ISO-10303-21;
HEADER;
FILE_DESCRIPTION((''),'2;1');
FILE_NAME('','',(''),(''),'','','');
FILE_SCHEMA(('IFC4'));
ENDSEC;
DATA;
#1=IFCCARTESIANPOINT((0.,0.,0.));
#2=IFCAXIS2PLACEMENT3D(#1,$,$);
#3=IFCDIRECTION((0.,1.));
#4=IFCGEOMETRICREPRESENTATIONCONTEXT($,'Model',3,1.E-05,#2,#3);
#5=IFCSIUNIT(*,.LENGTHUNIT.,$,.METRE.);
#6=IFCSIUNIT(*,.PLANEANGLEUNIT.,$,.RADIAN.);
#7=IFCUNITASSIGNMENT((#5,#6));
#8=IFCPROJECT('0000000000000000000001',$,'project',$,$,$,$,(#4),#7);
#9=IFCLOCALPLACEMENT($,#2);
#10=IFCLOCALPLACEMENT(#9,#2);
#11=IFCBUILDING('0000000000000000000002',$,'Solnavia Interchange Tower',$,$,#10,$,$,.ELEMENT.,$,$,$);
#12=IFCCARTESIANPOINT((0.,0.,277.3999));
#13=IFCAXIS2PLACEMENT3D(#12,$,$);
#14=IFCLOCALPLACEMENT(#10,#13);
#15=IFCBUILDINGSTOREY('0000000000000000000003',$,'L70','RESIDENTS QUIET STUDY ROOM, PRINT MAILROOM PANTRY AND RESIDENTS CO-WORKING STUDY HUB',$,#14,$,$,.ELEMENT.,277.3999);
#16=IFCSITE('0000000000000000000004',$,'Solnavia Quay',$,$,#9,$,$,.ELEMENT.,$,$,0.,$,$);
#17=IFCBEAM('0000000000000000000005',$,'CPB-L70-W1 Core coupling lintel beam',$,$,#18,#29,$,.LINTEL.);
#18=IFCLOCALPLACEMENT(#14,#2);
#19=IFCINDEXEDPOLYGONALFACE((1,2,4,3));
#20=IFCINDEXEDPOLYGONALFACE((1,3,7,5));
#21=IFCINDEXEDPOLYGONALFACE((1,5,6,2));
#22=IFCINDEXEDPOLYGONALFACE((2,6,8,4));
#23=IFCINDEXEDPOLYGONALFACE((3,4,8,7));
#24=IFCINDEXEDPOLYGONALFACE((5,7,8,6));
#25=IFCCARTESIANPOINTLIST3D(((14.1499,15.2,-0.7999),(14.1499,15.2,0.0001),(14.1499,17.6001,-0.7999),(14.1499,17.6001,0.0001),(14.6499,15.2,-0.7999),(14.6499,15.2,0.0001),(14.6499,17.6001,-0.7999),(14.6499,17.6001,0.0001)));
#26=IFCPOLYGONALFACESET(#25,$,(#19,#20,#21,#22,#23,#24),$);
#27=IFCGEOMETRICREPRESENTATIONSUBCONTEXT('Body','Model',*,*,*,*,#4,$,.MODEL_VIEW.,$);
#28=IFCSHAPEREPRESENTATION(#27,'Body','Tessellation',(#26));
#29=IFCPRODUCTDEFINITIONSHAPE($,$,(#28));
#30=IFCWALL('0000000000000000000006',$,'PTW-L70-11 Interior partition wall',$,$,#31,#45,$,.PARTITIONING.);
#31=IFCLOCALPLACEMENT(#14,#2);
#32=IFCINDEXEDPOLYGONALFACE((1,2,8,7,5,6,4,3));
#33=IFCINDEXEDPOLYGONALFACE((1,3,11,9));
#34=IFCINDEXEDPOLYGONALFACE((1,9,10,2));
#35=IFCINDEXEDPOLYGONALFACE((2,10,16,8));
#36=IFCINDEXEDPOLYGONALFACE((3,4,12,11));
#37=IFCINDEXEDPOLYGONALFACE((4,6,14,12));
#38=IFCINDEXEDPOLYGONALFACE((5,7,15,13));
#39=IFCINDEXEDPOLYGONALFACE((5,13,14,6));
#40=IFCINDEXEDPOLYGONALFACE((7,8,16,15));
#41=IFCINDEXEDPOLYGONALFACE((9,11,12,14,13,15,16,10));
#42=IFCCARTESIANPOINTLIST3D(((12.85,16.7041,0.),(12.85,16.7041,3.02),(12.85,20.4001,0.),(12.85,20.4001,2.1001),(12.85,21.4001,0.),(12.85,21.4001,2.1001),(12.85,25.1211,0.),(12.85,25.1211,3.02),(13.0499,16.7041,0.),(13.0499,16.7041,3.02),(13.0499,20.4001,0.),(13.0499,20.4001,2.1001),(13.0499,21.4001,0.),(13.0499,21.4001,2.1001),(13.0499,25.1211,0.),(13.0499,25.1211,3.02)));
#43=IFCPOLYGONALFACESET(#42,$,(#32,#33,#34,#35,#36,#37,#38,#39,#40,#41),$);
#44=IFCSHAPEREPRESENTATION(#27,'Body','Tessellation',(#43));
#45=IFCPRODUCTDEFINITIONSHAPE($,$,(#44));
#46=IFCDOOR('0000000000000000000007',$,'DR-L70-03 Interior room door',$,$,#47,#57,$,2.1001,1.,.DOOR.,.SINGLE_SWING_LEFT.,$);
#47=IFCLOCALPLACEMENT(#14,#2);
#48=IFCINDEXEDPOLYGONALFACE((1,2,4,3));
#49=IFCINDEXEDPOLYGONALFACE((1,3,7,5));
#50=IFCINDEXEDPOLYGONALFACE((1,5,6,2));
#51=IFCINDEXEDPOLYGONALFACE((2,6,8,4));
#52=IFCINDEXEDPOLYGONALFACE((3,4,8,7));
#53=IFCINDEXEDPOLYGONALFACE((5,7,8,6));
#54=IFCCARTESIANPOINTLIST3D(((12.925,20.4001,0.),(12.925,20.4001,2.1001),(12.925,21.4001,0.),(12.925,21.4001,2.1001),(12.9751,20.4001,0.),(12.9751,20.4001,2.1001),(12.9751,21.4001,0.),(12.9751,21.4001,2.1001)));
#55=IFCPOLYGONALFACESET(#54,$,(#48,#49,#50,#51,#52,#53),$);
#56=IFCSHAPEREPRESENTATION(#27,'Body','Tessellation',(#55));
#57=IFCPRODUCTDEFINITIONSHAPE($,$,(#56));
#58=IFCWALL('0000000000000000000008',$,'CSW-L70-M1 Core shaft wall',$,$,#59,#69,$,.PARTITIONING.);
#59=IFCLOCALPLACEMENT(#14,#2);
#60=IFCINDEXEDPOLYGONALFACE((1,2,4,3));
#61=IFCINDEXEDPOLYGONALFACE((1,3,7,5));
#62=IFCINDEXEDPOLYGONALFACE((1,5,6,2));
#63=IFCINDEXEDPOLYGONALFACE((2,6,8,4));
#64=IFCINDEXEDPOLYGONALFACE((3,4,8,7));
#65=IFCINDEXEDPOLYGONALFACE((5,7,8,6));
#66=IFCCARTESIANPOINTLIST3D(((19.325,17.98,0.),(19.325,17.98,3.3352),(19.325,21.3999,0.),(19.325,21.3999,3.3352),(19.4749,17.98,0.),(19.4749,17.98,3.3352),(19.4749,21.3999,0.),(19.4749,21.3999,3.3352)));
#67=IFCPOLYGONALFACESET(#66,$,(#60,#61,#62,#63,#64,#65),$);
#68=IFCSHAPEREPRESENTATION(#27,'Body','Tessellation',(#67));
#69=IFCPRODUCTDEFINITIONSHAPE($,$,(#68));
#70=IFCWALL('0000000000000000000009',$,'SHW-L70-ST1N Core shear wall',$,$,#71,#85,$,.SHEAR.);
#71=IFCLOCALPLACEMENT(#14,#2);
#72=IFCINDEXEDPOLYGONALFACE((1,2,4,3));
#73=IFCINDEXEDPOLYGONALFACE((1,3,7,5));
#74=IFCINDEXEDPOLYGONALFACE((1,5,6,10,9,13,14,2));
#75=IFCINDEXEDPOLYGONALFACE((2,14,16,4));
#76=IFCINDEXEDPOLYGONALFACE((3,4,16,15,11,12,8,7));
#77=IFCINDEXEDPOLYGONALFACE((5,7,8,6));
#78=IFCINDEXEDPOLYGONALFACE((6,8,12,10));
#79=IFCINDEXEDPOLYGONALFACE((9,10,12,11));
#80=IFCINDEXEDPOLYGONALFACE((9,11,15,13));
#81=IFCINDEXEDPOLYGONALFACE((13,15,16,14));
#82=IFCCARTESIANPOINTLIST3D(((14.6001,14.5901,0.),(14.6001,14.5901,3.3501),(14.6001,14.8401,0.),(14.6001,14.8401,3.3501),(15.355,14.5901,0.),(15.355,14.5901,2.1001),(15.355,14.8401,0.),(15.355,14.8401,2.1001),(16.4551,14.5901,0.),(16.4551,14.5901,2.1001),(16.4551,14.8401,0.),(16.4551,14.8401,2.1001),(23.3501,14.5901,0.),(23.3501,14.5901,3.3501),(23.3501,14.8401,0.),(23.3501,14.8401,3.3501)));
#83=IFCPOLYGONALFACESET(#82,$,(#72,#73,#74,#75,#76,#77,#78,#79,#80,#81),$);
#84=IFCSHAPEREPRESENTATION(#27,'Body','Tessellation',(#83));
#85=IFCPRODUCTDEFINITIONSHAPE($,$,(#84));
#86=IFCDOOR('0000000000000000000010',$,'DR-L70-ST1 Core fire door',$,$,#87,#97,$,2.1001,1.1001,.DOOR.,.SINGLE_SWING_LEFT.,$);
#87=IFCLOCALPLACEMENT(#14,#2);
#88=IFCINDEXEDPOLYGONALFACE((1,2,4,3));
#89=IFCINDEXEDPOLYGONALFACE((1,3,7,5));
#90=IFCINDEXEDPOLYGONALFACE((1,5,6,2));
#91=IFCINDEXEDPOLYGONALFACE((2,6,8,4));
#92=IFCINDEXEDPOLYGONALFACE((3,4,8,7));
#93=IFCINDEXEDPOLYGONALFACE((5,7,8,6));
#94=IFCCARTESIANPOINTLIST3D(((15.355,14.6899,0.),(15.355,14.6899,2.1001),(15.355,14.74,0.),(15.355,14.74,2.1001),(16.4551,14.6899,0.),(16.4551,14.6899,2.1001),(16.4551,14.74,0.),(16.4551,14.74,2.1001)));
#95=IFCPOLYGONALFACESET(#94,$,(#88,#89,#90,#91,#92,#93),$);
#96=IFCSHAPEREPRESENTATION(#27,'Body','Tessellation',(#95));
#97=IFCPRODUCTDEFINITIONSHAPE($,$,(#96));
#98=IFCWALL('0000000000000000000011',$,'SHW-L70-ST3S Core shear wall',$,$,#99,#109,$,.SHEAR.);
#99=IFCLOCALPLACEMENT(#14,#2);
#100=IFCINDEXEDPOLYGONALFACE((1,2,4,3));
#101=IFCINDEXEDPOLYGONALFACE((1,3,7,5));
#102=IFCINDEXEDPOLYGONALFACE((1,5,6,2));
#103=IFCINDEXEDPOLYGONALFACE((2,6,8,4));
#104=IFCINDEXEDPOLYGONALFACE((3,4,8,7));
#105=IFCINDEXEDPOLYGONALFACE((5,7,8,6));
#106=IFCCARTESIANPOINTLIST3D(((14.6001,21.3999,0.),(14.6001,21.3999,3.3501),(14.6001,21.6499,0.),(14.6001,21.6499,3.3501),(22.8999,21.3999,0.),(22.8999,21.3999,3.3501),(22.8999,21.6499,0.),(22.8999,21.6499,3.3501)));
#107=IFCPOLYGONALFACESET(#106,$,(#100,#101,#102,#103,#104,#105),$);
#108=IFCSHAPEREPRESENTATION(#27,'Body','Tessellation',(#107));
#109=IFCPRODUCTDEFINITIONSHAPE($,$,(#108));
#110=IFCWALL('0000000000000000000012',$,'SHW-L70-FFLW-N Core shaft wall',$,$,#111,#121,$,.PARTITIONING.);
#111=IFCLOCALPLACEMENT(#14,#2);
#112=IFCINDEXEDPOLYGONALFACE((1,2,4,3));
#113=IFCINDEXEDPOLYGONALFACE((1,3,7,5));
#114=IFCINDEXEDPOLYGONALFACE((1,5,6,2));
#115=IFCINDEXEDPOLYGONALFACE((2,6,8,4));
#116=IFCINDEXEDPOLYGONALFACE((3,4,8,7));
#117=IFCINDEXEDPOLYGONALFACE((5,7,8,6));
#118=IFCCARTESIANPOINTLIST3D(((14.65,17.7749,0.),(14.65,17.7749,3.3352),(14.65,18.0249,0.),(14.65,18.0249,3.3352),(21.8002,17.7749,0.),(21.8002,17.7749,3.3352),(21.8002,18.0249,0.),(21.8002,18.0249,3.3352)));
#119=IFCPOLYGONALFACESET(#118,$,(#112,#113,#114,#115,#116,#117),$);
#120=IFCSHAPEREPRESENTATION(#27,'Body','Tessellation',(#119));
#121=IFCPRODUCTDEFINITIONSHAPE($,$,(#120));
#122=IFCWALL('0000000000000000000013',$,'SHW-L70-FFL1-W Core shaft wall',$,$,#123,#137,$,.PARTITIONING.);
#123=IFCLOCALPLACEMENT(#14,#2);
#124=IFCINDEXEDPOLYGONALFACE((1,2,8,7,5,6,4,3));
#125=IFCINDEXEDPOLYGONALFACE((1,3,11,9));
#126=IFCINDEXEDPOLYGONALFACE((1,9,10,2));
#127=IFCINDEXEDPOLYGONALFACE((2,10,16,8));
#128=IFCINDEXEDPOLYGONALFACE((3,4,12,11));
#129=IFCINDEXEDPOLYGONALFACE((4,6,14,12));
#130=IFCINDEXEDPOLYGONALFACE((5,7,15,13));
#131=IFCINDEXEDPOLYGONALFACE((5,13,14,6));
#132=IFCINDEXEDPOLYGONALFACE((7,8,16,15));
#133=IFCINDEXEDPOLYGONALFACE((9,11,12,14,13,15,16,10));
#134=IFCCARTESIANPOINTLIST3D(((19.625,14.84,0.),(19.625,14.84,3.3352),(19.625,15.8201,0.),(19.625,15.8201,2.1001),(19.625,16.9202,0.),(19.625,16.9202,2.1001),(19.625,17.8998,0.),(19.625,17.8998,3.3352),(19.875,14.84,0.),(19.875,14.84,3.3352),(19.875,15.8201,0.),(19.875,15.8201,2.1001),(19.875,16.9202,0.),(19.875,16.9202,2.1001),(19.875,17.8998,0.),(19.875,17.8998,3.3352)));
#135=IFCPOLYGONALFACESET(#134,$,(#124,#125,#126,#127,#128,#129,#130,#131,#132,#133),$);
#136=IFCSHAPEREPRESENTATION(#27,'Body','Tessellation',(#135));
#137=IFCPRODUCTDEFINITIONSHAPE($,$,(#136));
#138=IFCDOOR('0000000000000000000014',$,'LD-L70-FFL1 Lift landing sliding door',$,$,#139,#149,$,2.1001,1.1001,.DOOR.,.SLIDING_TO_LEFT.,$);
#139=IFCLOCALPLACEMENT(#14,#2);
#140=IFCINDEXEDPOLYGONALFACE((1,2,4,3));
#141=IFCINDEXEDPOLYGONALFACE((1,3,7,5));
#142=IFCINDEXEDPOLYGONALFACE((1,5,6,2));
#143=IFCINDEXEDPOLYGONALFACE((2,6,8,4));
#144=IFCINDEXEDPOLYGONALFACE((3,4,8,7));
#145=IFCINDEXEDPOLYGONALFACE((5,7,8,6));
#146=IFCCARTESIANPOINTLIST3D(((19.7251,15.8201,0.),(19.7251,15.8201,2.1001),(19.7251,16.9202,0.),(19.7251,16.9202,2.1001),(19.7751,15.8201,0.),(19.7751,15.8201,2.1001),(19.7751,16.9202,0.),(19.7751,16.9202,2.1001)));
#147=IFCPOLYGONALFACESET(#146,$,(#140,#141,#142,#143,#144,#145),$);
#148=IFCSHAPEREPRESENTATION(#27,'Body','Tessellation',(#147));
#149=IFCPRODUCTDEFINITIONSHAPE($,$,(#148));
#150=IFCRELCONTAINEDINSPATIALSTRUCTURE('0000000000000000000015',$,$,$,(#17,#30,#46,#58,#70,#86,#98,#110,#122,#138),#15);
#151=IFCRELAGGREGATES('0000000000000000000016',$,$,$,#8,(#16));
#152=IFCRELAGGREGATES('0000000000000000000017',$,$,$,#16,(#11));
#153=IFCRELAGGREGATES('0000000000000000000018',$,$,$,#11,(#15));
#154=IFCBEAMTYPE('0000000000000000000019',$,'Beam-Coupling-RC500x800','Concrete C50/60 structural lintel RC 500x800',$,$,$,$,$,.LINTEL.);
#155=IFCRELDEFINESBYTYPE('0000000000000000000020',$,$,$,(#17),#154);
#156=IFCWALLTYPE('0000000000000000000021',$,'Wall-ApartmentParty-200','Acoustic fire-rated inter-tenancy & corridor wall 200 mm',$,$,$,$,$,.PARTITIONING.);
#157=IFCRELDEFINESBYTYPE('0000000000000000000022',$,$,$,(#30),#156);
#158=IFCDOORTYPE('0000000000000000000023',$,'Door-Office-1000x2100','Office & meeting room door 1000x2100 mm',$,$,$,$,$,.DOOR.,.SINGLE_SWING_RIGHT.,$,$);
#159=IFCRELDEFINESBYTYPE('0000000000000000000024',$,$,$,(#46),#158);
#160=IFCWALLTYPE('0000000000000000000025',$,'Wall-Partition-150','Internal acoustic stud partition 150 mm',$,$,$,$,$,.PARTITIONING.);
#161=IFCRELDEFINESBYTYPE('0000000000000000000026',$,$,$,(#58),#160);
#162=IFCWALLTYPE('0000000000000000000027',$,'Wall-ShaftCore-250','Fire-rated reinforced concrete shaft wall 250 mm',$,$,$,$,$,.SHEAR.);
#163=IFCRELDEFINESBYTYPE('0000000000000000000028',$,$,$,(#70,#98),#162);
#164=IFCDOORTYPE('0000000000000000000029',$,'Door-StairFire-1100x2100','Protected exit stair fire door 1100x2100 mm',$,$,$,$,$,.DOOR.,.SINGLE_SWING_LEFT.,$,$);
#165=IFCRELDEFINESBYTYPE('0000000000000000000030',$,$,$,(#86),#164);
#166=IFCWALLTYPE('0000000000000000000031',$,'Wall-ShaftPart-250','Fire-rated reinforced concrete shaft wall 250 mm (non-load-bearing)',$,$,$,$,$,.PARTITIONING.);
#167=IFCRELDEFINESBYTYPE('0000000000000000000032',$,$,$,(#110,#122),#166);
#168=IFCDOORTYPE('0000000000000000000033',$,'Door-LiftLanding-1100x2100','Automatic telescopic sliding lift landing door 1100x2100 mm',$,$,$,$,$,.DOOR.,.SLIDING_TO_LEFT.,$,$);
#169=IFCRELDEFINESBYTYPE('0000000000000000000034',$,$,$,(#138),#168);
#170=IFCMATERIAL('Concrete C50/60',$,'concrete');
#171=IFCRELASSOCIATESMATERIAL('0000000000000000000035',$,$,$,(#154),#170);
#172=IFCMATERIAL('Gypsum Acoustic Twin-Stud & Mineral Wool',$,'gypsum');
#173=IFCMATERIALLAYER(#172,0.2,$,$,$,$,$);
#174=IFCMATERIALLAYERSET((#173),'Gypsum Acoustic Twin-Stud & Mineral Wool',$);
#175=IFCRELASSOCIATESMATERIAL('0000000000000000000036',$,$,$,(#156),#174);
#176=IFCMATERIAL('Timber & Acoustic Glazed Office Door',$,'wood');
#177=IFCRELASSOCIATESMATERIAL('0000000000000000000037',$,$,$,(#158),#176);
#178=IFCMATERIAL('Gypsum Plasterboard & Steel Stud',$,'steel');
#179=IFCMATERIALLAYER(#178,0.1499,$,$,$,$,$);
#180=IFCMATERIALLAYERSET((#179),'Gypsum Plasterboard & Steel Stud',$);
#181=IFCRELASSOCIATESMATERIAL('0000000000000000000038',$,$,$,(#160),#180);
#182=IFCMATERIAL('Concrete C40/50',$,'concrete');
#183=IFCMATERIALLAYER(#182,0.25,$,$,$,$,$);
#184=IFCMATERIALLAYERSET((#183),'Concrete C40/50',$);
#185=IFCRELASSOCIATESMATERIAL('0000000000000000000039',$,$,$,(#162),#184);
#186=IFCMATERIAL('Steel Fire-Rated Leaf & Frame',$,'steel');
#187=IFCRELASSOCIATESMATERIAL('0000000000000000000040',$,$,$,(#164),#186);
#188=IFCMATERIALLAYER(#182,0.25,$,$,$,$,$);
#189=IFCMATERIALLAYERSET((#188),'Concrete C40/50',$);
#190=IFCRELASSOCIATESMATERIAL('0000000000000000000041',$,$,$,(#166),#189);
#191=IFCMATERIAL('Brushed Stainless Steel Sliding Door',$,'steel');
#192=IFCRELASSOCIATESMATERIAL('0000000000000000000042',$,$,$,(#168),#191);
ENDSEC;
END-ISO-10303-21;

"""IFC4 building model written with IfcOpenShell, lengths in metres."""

from ifc_helpers import new_model, si_unit, direction, frame, frame_2d, origin, origin_2d, place, context, subcontext, project, spatial, rectangle, extrude, material, layer, layer_set, material_profile, profile_set, type_object, element, fill, save


model = new_model("IFC4")

# Units and contexts
model_context = context("Model", 3, precision=1e-05, world=origin(), true_north=direction((0.0, 1.0)))
body_context = subcontext(model_context, "Body", "Model", "MODEL_VIEW")
ifc_project = project(units=[si_unit("LENGTHUNIT", "METRE"), si_unit("PLANEANGLEUNIT", "RADIAN")], contexts=[model_context])

# Site, building, storey
site_placement = place(None, origin())
site = spatial("IfcSite", under=ifc_project, at=site_placement, Name="Solnavia Quay", CompositionType="ELEMENT", RefElevation=0.0)
building_placement = place(site_placement, origin())
building = spatial("IfcBuilding", under=site, at=building_placement, Name="Solnavia Interchange Tower", CompositionType="ELEMENT")
storey_placement = place(building_placement, frame((0.0, 0.0, 277.3999)))
storey = spatial("IfcBuildingStorey", under=building, at=storey_placement, Name="L70", Description="RESIDENTS QUIET STUDY ROOM, PRINT MAILROOM PANTRY AND RESIDENTS CO-WORKING STUDY HUB", CompositionType="ELEMENT", Elevation=277.3999)

# Beam
ifc_material_1 = material(Name="Concrete C50/60", Category="concrete")
ifc_material_profile = material_profile(ifc_material_1, rectangle(XDim=0.5, YDim=0.8, at=origin_2d()), Name="RC 500x800")
ifc_profile_set = profile_set([ifc_material_profile], Name="Concrete C50/60")
beam_type = type_object("IfcBeamType", Name="Beam-Coupling-RC500x800", Description="Concrete C50/60 structural lintel RC 500x800", PredefinedType="LINTEL", material=ifc_profile_set)
beam_placement = place(storey_placement, frame((14.3999, 15.2, -0.3999), z_axis=(0.0, 1.0, 0.0), x_axis=(-1.0, 0.0, 0.0)))
element("IfcBeam", 1, at=beam_placement, inside=storey, type_object=beam_type, Name="CPB-L70-W1 Core coupling lintel beam", PredefinedType="LINTEL", context=body_context, shape_type="SweptSolid", body=[
    extrude(rectangle(XDim=0.5, YDim=0.8, at=origin_2d()), origin(), (0.0, 0.0, 1.0), 2.4001),
])

# Wall, opening, door
ifc_material_2 = material(Name="Gypsum Acoustic Twin-Stud & Mineral Wool", Category="gypsum")
ifc_layer_1 = layer(ifc_material_2, 0.2)
ifc_layer_set_1 = layer_set([ifc_layer_1], Name="Gypsum Acoustic Twin-Stud & Mineral Wool")
wall_type_1 = type_object("IfcWallType", Name="Wall-ApartmentParty-200", Description="Acoustic fire-rated inter-tenancy & corridor wall 200 mm", PredefinedType="PARTITIONING", material=ifc_layer_set_1)
wall_1_placement = place(storey_placement, frame((12.95, 16.7041, 0.0), z_axis=(0.0, 0.0, 1.0), x_axis=(0.0, 1.0, 0.0)))
wall_1 = element("IfcWall", 2, at=wall_1_placement, inside=storey, type_object=wall_type_1, Name="PTW-L70-11 Interior partition wall", PredefinedType="PARTITIONING", context=body_context, shape_type="SweptSolid", body=[
    extrude(rectangle(XDim=8.417, YDim=0.2, at=frame_2d((4.2085, 0.0))), origin(), (0.0, 0.0, 1.0), 3.02),
])
opening_1_placement = place(wall_1_placement, frame((3.696, 0.0, 0.0)))
opening_1 = element("IfcOpeningElement", 3, at=opening_1_placement, cuts=wall_1, PredefinedType="OPENING", context=body_context, shape_type="SweptSolid", body=[
    extrude(rectangle(XDim=1.0, YDim=2.1001, at=frame_2d((0.5, 1.05))), frame((0.0, 0.1099, 0.0), z_axis=(0.0, -1.0, 0.0), x_axis=(1.0, 0.0, 0.0)), (0.0, 0.0, 1.0), 0.22),
])
ifc_material_3 = material(Name="Timber & Acoustic Glazed Office Door", Category="wood")
door_type_1 = type_object("IfcDoorType", Name="Door-Office-1000x2100", Description="Office & meeting room door 1000x2100 mm", OperationType="SINGLE_SWING_RIGHT", PredefinedType="DOOR", material=ifc_material_3)
door_1_placement = place(opening_1_placement, origin())
door_1 = element("IfcDoor", 4, at=door_1_placement, inside=storey, type_object=door_type_1, Name="DR-L70-03 Interior room door", OperationType="SINGLE_SWING_LEFT", OverallHeight=2.1001, OverallWidth=1.0, PredefinedType="DOOR", context=body_context, shape_type="SweptSolid", body=[
    extrude(rectangle(XDim=1.0, YDim=2.1001, at=frame_2d((0.5, 1.05))), frame((0.0, 0.0249, 0.0), z_axis=(0.0, -1.0, 0.0), x_axis=(1.0, 0.0, 0.0)), (0.0, 0.0, 1.0), 0.05),
])
fill(opening_1, door_1)

# Wall
ifc_material_4 = material(Name="Gypsum Plasterboard & Steel Stud", Category="steel")
ifc_layer_2 = layer(ifc_material_4, 0.1499)
ifc_layer_set_2 = layer_set([ifc_layer_2], Name="Gypsum Plasterboard & Steel Stud")
wall_type_2 = type_object("IfcWallType", Name="Wall-Partition-150", Description="Internal acoustic stud partition 150 mm", PredefinedType="PARTITIONING", material=ifc_layer_set_2)
wall_2_placement = place(storey_placement, frame((19.3999, 17.98, 0.0), z_axis=(0.0, 0.0, 1.0), x_axis=(0.0, 1.0, 0.0)))
element("IfcWall", 5, at=wall_2_placement, inside=storey, type_object=wall_type_2, Name="CSW-L70-M1 Core shaft wall", PredefinedType="PARTITIONING", context=body_context, shape_type="SweptSolid", body=[
    extrude(rectangle(XDim=3.4199, YDim=0.1499, at=frame_2d((1.71, 0.0))), origin(), (0.0, 0.0, 1.0), 3.3352),
])

# Wall, opening, door
ifc_material_5 = material(Name="Concrete C40/50", Category="concrete")
ifc_layer_3 = layer(ifc_material_5, 0.25)
ifc_layer_set_3 = layer_set([ifc_layer_3], Name="Concrete C40/50")
wall_type_3 = type_object("IfcWallType", Name="Wall-ShaftCore-250", Description="Fire-rated reinforced concrete shaft wall 250 mm", PredefinedType="SHEAR", material=ifc_layer_set_3)
wall_3_placement = place(storey_placement, frame((14.6001, 14.7151, 0.0), z_axis=(0.0, 0.0, 1.0), x_axis=(1.0, 0.0, 0.0)))
wall_3 = element("IfcWall", 6, at=wall_3_placement, inside=storey, type_object=wall_type_3, Name="SHW-L70-ST1N Core shear wall", PredefinedType="SHEAR", context=body_context, shape_type="SweptSolid", body=[
    extrude(rectangle(XDim=8.75, YDim=0.25, at=frame_2d((4.375, 0.0))), origin(), (0.0, 0.0, 1.0), 3.3501),
])
opening_2_placement = place(wall_3_placement, frame((0.7549, 0.0, 0.0)))
opening_2 = element("IfcOpeningElement", 7, at=opening_2_placement, cuts=wall_3, PredefinedType="OPENING", context=body_context, shape_type="SweptSolid", body=[
    extrude(rectangle(XDim=1.1001, YDim=2.1001, at=frame_2d((0.55, 1.05))), frame((0.0, 0.135, 0.0), z_axis=(0.0, -1.0, 0.0), x_axis=(1.0, 0.0, 0.0)), (0.0, 0.0, 1.0), 0.27),
])
ifc_material_6 = material(Name="Steel Fire-Rated Leaf & Frame", Category="steel")
door_type_2 = type_object("IfcDoorType", Name="Door-StairFire-1100x2100", Description="Protected exit stair fire door 1100x2100 mm", OperationType="SINGLE_SWING_LEFT", PredefinedType="DOOR", material=ifc_material_6)
door_2_placement = place(opening_2_placement, origin())
door_2 = element("IfcDoor", 8, at=door_2_placement, inside=storey, type_object=door_type_2, Name="DR-L70-ST1 Core fire door", OperationType="SINGLE_SWING_LEFT", OverallHeight=2.1001, OverallWidth=1.1001, PredefinedType="DOOR", context=body_context, shape_type="SweptSolid", body=[
    extrude(rectangle(XDim=1.1001, YDim=2.1001, at=frame_2d((0.55, 1.05))), frame((0.0, 0.0249, 0.0), z_axis=(0.0, -1.0, 0.0), x_axis=(1.0, 0.0, 0.0)), (0.0, 0.0, 1.0), 0.05),
])
fill(opening_2, door_2)

# Walls
wall_4_placement = place(storey_placement, frame((14.6001, 21.5249, 0.0), z_axis=(0.0, 0.0, 1.0), x_axis=(1.0, 0.0, 0.0)))
element("IfcWall", 9, at=wall_4_placement, inside=storey, type_object=wall_type_3, Name="SHW-L70-ST3S Core shear wall", PredefinedType="SHEAR", context=body_context, shape_type="SweptSolid", body=[
    extrude(rectangle(XDim=8.2998, YDim=0.25, at=frame_2d((4.1499, 0.0))), origin(), (0.0, 0.0, 1.0), 3.3501),
])
ifc_layer_4 = layer(ifc_material_5, 0.25)
ifc_layer_set_4 = layer_set([ifc_layer_4], Name="Concrete C40/50")
wall_type_4 = type_object("IfcWallType", Name="Wall-ShaftPart-250", Description="Fire-rated reinforced concrete shaft wall 250 mm (non-load-bearing)", PredefinedType="PARTITIONING", material=ifc_layer_set_4)
wall_5_placement = place(storey_placement, frame((14.6499, 17.8999, 0.0), z_axis=(0.0, 0.0, 1.0), x_axis=(1.0, 0.0, 0.0)))
element("IfcWall", 10, at=wall_5_placement, inside=storey, type_object=wall_type_4, Name="SHW-L70-FFLW-N Core shaft wall", PredefinedType="PARTITIONING", context=body_context, shape_type="SweptSolid", body=[
    extrude(rectangle(XDim=7.1501, YDim=0.25, at=frame_2d((3.5752, 0.0))), origin(), (0.0, 0.0, 1.0), 3.3352),
])

# Wall, opening, door
wall_6_placement = place(storey_placement, frame((19.75, 14.8401, 0.0), z_axis=(0.0, 0.0, 1.0), x_axis=(0.0, 1.0, 0.0)))
wall_6 = element("IfcWall", 11, at=wall_6_placement, inside=storey, type_object=wall_type_4, Name="SHW-L70-FFL1-W Core shaft wall", PredefinedType="PARTITIONING", context=body_context, shape_type="SweptSolid", body=[
    extrude(rectangle(XDim=3.0598, YDim=0.25, at=frame_2d((1.5298, 0.0))), origin(), (0.0, 0.0, 1.0), 3.3352),
])
opening_3_placement = place(wall_6_placement, frame((0.98, 0.0, 0.0)))
opening_3 = element("IfcOpeningElement", 12, at=opening_3_placement, cuts=wall_6, PredefinedType="OPENING", context=body_context, shape_type="SweptSolid", body=[
    extrude(rectangle(XDim=1.1001, YDim=2.1001, at=frame_2d((0.55, 1.05))), frame((0.0, 0.135, 0.0), z_axis=(0.0, -1.0, 0.0), x_axis=(1.0, 0.0, 0.0)), (0.0, 0.0, 1.0), 0.27),
])
ifc_material_7 = material(Name="Brushed Stainless Steel Sliding Door", Category="steel")
door_type_3 = type_object("IfcDoorType", Name="Door-LiftLanding-1100x2100", Description="Automatic telescopic sliding lift landing door 1100x2100 mm", OperationType="SLIDING_TO_LEFT", PredefinedType="DOOR", material=ifc_material_7)
door_3_placement = place(opening_3_placement, origin())
door_3 = element("IfcDoor", 13, at=door_3_placement, inside=storey, type_object=door_type_3, Name="LD-L70-FFL1 Lift landing sliding door", OperationType="SLIDING_TO_LEFT", OverallHeight=2.1001, OverallWidth=1.1001, PredefinedType="DOOR", context=body_context, shape_type="SweptSolid", body=[
    extrude(rectangle(XDim=1.1001, YDim=2.1001, at=frame_2d((0.55, 1.05))), frame((0.0, 0.0249, 0.0), z_axis=(0.0, -1.0, 0.0), x_axis=(1.0, 0.0, 0.0)), (0.0, 0.0, 1.0), 0.05),
])
fill(opening_3, door_3)

save(model, "model.ifc")
